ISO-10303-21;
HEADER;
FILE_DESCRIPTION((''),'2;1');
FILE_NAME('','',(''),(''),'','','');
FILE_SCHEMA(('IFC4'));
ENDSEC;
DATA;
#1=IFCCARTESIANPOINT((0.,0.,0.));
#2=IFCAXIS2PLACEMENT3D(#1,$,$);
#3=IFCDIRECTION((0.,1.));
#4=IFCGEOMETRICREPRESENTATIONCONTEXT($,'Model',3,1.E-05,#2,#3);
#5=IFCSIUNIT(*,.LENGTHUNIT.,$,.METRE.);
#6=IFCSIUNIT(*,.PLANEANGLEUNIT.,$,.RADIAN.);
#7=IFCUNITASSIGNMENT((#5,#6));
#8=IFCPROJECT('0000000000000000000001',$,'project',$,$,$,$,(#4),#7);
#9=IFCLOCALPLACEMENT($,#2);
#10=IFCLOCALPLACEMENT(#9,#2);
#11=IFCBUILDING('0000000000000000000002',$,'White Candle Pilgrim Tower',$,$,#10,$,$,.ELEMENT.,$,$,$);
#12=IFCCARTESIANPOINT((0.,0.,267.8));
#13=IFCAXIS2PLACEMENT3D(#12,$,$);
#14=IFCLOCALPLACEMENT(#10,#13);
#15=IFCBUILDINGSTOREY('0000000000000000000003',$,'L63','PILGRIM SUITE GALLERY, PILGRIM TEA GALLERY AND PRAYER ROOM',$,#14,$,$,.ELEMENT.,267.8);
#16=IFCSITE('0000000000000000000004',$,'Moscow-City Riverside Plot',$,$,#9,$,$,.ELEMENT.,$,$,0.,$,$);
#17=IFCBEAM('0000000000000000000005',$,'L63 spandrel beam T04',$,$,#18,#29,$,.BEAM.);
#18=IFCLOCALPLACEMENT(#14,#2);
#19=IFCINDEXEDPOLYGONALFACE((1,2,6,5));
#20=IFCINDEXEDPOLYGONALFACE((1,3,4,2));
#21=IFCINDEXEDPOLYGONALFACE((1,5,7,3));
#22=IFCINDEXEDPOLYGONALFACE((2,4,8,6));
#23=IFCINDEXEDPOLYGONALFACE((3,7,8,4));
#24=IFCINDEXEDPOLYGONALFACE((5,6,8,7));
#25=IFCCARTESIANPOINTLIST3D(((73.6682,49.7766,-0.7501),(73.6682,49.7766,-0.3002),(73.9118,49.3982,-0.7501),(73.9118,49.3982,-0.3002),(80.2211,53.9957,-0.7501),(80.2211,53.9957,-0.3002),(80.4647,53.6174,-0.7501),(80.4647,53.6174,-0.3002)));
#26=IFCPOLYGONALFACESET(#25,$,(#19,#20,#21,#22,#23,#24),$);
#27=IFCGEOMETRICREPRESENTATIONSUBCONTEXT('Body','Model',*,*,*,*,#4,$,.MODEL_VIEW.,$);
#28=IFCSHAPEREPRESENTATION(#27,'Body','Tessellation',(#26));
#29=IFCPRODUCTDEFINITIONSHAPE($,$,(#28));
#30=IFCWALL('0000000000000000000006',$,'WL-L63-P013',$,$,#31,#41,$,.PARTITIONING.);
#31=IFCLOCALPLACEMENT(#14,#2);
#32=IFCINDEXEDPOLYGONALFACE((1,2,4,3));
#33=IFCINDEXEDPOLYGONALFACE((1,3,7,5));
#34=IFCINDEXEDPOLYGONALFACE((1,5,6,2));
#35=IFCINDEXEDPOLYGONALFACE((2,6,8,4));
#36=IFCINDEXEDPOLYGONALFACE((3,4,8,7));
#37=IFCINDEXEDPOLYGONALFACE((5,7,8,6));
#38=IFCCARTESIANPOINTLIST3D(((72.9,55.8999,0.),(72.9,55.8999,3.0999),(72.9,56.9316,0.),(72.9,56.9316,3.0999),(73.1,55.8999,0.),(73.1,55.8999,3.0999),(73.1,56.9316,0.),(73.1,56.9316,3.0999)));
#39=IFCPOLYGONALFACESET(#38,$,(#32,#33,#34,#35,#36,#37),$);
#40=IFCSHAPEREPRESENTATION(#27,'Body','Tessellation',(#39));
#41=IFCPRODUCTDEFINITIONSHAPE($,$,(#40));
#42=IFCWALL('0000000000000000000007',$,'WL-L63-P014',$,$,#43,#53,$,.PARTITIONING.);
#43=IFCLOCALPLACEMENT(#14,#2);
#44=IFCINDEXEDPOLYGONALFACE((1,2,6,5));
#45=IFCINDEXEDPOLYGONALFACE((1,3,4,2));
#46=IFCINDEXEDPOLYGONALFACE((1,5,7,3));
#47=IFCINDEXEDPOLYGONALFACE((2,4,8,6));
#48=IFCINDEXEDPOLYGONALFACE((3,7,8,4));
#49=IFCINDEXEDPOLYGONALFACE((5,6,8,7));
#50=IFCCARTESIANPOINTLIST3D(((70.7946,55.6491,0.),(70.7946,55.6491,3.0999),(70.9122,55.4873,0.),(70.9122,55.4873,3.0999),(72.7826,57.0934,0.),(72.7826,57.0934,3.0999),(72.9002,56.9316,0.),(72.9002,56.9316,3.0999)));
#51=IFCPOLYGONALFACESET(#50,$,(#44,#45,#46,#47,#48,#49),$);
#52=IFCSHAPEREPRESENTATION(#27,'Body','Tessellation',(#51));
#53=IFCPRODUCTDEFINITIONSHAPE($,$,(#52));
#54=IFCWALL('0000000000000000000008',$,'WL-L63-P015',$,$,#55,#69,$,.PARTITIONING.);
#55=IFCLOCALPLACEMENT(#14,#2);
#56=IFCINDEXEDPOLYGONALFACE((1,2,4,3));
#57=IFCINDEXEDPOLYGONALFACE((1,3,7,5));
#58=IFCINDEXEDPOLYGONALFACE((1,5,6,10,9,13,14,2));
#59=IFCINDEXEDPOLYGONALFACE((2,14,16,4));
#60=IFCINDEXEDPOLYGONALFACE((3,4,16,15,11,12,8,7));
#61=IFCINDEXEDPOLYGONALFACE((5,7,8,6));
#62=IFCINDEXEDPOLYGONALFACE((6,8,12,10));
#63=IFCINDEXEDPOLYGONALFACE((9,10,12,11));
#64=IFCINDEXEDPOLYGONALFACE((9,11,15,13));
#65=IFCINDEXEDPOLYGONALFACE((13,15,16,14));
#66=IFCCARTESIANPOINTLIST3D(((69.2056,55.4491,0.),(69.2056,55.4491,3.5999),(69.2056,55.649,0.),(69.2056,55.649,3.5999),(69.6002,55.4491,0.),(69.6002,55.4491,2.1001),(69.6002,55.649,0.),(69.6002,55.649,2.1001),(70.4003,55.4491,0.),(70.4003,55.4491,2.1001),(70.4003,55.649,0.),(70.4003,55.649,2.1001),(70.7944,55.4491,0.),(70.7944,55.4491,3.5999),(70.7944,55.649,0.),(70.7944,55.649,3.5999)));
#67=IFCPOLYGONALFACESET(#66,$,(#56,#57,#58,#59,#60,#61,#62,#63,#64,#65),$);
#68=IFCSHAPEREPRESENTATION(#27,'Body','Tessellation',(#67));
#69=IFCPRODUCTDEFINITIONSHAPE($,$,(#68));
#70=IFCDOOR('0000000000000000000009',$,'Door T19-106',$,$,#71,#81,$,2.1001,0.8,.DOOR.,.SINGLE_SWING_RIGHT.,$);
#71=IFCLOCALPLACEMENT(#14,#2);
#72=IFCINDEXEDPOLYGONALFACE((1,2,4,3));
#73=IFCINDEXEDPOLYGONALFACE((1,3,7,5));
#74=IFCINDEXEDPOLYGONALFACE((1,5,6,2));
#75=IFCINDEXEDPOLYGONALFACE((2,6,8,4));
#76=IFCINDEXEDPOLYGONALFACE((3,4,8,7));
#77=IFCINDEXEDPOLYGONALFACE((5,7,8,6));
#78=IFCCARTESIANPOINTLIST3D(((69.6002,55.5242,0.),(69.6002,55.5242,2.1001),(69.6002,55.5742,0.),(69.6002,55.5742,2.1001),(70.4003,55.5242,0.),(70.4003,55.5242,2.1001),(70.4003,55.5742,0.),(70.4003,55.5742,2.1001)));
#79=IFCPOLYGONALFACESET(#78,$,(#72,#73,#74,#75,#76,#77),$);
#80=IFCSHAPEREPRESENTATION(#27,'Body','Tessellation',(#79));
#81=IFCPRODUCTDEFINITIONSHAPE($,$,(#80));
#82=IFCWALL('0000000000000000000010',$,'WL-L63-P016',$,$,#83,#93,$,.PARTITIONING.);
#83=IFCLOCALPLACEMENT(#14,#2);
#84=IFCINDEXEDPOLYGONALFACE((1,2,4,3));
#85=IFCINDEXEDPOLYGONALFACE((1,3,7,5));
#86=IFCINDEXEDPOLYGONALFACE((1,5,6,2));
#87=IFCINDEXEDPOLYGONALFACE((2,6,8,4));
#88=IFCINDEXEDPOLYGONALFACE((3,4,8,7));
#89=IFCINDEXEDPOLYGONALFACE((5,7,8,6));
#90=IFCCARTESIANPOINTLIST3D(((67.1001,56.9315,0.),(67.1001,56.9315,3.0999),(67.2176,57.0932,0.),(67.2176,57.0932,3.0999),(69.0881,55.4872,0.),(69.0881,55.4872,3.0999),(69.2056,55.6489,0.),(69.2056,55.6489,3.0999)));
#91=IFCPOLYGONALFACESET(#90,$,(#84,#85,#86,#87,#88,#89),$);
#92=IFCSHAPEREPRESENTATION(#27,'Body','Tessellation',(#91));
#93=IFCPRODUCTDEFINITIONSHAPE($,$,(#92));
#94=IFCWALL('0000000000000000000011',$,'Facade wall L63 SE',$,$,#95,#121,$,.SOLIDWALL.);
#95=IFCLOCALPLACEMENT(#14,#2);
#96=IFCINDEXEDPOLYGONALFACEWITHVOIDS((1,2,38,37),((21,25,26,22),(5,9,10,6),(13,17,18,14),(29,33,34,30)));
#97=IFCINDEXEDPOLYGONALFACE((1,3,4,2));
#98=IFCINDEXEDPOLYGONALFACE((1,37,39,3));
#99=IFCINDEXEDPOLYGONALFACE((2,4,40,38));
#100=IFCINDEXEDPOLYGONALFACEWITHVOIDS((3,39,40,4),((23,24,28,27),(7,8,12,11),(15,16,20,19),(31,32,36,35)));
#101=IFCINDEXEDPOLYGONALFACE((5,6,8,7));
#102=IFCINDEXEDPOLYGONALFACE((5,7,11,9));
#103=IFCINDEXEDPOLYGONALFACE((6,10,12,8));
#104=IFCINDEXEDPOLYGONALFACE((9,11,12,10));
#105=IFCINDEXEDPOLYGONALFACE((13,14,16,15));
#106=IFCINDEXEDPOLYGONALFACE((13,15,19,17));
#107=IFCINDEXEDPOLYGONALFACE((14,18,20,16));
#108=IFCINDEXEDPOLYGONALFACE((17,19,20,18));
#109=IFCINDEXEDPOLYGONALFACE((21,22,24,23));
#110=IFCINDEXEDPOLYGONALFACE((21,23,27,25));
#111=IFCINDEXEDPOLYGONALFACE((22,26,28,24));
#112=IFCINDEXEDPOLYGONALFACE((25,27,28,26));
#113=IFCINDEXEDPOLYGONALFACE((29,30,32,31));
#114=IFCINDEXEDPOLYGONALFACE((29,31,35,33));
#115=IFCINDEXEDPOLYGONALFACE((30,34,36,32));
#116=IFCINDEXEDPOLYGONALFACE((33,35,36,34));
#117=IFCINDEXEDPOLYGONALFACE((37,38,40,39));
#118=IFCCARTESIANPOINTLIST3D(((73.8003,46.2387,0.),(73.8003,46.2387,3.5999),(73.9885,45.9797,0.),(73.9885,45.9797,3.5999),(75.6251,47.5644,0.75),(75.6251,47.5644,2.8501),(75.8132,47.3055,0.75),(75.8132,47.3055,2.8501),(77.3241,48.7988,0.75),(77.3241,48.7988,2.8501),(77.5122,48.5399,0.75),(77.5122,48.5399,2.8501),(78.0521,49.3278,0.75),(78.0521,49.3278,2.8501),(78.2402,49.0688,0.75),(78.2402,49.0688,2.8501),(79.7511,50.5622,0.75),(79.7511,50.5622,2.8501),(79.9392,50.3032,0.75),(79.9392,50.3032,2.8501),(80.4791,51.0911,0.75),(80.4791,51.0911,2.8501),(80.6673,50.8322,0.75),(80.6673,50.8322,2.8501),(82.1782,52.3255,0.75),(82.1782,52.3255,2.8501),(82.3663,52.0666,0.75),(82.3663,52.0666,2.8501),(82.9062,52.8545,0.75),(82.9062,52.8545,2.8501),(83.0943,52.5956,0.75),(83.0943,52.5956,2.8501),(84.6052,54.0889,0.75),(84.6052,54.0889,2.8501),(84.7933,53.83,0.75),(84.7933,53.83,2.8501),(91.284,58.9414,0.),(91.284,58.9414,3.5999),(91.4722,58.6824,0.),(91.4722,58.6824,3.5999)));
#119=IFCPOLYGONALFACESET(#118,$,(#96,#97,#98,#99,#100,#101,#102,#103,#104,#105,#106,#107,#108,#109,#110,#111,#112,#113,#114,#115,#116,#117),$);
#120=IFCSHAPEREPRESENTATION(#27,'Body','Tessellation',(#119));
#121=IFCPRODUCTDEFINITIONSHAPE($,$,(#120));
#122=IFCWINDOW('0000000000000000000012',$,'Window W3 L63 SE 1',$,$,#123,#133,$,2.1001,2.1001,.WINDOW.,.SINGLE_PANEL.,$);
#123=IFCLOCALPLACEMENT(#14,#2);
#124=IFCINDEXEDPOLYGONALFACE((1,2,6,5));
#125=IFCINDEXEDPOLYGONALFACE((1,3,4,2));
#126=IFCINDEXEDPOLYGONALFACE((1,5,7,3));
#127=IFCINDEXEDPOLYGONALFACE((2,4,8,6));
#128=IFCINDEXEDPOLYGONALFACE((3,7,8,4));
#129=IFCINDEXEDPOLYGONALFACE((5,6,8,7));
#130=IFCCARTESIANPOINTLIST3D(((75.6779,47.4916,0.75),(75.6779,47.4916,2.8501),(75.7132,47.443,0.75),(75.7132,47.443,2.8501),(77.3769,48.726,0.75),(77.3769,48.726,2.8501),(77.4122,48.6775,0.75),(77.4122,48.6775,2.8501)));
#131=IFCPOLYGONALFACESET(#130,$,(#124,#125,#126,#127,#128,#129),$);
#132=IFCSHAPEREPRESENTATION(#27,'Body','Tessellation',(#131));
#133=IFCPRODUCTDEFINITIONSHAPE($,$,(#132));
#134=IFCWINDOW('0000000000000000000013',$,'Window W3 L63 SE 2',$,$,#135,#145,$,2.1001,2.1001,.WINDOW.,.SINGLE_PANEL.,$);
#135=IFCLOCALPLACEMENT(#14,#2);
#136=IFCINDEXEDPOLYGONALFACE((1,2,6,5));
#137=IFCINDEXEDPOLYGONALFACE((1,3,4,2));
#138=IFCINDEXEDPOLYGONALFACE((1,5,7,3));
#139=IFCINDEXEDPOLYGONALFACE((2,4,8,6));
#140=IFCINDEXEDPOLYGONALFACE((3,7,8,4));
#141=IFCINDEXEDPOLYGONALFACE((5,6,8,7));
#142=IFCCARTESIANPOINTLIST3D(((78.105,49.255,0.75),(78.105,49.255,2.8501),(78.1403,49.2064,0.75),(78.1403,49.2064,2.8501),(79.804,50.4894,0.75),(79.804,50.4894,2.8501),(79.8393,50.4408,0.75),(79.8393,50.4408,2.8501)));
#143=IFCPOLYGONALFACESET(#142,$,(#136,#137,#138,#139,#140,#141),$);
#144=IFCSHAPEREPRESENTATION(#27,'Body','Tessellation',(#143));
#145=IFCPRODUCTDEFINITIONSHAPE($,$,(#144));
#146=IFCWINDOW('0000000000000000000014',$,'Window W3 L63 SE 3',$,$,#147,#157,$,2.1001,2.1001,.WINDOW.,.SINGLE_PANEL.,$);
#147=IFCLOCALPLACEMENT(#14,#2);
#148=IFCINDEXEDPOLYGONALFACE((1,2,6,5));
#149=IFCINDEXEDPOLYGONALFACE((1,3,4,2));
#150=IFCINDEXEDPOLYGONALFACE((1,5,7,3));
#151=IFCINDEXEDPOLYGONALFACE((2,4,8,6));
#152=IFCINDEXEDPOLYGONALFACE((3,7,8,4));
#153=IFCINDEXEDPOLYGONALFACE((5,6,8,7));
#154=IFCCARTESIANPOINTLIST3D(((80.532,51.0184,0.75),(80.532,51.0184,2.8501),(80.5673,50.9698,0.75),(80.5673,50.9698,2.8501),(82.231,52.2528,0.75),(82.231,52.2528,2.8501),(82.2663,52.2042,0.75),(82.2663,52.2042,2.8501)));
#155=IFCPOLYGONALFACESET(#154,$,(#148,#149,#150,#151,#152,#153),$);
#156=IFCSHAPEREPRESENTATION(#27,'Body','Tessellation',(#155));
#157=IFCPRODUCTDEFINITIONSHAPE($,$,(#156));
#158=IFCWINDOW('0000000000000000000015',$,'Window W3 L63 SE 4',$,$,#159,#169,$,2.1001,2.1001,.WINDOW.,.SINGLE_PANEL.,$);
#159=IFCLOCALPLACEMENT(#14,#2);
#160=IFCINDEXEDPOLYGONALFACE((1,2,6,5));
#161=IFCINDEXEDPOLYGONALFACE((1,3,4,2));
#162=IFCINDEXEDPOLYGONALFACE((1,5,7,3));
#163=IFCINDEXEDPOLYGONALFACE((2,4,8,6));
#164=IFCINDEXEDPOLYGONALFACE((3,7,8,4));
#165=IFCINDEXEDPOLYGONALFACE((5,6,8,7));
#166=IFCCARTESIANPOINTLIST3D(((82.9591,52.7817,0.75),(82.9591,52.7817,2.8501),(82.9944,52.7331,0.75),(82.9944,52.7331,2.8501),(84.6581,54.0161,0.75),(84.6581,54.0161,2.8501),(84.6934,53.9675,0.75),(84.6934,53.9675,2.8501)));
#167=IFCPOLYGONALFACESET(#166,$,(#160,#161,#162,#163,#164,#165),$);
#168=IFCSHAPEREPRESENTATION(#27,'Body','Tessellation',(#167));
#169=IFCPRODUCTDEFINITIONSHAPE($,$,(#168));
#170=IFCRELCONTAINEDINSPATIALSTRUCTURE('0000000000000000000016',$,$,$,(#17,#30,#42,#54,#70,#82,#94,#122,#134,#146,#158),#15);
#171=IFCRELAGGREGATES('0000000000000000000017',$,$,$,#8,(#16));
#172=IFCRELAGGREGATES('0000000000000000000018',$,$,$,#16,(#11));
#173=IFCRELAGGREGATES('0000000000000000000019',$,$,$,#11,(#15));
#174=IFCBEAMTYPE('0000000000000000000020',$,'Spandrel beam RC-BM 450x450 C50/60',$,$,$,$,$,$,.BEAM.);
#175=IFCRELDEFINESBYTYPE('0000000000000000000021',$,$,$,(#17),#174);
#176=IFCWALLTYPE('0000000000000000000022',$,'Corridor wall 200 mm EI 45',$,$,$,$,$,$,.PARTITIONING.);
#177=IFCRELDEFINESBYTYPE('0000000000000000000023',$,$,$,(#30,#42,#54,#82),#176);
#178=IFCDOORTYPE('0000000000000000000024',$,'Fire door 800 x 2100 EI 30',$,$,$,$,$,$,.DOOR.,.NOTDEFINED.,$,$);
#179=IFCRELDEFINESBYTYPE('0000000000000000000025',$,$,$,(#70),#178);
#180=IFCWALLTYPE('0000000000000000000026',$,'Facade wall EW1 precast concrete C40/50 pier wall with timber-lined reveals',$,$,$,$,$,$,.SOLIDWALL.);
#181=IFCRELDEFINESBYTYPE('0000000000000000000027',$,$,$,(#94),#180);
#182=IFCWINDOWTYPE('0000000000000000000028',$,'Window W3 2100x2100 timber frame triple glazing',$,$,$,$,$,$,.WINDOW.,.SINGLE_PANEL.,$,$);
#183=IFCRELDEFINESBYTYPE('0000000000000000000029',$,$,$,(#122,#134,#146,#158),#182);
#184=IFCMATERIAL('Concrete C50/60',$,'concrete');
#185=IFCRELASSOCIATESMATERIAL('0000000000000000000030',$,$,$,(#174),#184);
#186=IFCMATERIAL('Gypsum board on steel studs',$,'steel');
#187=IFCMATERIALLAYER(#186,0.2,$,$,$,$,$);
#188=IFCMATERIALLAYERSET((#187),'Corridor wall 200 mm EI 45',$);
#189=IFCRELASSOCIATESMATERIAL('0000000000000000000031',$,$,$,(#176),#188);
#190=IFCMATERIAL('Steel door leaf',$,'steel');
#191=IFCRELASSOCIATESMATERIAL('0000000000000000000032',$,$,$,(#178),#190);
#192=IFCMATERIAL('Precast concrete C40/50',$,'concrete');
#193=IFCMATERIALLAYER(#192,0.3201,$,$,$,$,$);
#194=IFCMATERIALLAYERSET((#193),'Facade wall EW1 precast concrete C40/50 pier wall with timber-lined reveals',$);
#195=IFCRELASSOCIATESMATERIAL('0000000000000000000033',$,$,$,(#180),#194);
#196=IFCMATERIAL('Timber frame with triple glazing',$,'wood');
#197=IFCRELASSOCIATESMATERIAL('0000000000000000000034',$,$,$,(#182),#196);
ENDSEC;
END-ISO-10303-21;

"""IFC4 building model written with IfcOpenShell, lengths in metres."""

from ifc_helpers import new_model, si_unit, direction, frame, frame_2d, origin, origin_2d, place, context, subcontext, project, spatial, rectangle, extrude, material, layer, layer_set, material_profile, profile_set, type_object, element, fill, save


model = new_model("IFC4")

# Units and contexts
model_context = context("Model", 3, precision=1e-05, world=origin(), true_north=direction((0.0, 1.0)))
body_context = subcontext(model_context, "Body", "Model", "MODEL_VIEW")
ifc_project = project(units=[si_unit("LENGTHUNIT", "METRE"), si_unit("PLANEANGLEUNIT", "RADIAN")], contexts=[model_context])

# Site, building, storey
site_placement = place(None, origin())
site = spatial("IfcSite", under=ifc_project, at=site_placement, Name="Moscow-City Riverside Plot", CompositionType="ELEMENT", RefElevation=0.0)
building_placement = place(site_placement, origin())
building = spatial("IfcBuilding", under=site, at=building_placement, Name="White Candle Pilgrim Tower", CompositionType="ELEMENT")
storey_placement = place(building_placement, frame((0.0, 0.0, 267.8)))
storey = spatial("IfcBuildingStorey", under=building, at=storey_placement, Name="L63", Description="PILGRIM SUITE GALLERY, PILGRIM TEA GALLERY AND PRAYER ROOM", CompositionType="ELEMENT", Elevation=267.8)

# Beam
ifc_material_1 = material(Name="Concrete C50/60", Category="concrete")
ifc_material_profile_1 = material_profile(ifc_material_1, rectangle(XDim=0.45, YDim=0.45, at=origin_2d()), Name="RC-BM 450x450")
ifc_profile_set_1 = profile_set([ifc_material_profile_1], Name="Concrete C50/60")
beam_type_1 = type_object("IfcBeamType", Name="Spandrel beam RC-BM 450x450 C50/60", PredefinedType="BEAM", material=ifc_profile_set_1)
beam_1_placement = place(storey_placement, frame((73.79, 49.5874, -0.5251), z_axis=(0.840793, 0.541357, 0.0), x_axis=(-0.541357, 0.840793, 0.0)))
element("IfcBeam", 1, at=beam_1_placement, inside=storey, type_object=beam_type_1, Name="L63 spandrel beam T04", PredefinedType="BEAM", context=body_context, shape_type="SweptSolid", body=[
    extrude(rectangle(XDim=0.45, YDim=0.45, at=origin_2d()), origin(), (0.0, 0.0, 1.0), 7.7937),
])

# Walls
ifc_material_2 = material(Name="Gypsum board on steel studs", Category="steel")
ifc_layer_1 = layer(ifc_material_2, 0.2)
ifc_layer_set_1 = layer_set([ifc_layer_1], Name="Corridor wall 200 mm EI 45")
wall_type_1 = type_object("IfcWallType", Name="Corridor wall 200 mm EI 45", PredefinedType="PARTITIONING", material=ifc_layer_set_1)
wall_1_placement = place(storey_placement, frame((73.0, 55.8999, 0.0), z_axis=(0.0, 0.0, 1.0), x_axis=(0.0, 1.0, 0.0)))
element("IfcWall", 2, at=wall_1_placement, inside=storey, type_object=wall_type_1, Name="WL-L63-P013", PredefinedType="PARTITIONING", context=body_context, shape_type="SweptSolid", body=[
    extrude(rectangle(XDim=1.0317, YDim=0.2, at=frame_2d((0.5159, 0.0))), origin(), (0.0, 0.0, 1.0), 3.0999),
])
wall_2_placement = place(storey_placement, frame((72.8413, 57.0125, 0.0), z_axis=(0.0, 0.0, 1.0), x_axis=(-0.809028, -0.58777, 0.0)))
element("IfcWall", 3, at=wall_2_placement, inside=storey, type_object=wall_type_1, Name="WL-L63-P014", PredefinedType="PARTITIONING", context=body_context, shape_type="SweptSolid", body=[
    extrude(rectangle(XDim=2.4573, YDim=0.2, at=frame_2d((1.2285, 0.0))), origin(), (0.0, 0.0, 1.0), 3.0999),
])

# Wall, opening, door
wall_3_placement = place(storey_placement, frame((70.7944, 55.5491, 0.0), z_axis=(0.0, 0.0, 1.0), x_axis=(-1.0, 0.0, 0.0)))
wall_3 = element("IfcWall", 4, at=wall_3_placement, inside=storey, type_object=wall_type_1, Name="WL-L63-P015", PredefinedType="PARTITIONING", context=body_context, shape_type="SweptSolid", body=[
    extrude(rectangle(XDim=1.5889, YDim=0.2, at=frame_2d((0.7944, 0.0))), origin(), (0.0, 0.0, 1.0), 3.5999),
])
opening_1_placement = place(wall_3_placement, frame((0.3943, 0.0, 0.0)))
opening_1 = element("IfcOpeningElement", 5, at=opening_1_placement, cuts=wall_3, PredefinedType="OPENING", context=body_context, shape_type="SweptSolid", body=[
    extrude(rectangle(XDim=0.8, YDim=2.1001, at=frame_2d((0.3999, 1.05))), frame((0.0, 0.1099, 0.0), z_axis=(0.0, -1.0, 0.0), x_axis=(1.0, 0.0, 0.0)), (0.0, 0.0, 1.0), 0.22),
])
ifc_material_3 = material(Name="Steel door leaf", Category="steel")
door_type_1 = type_object("IfcDoorType", Name="Fire door 800 x 2100 EI 30", OperationType="NOTDEFINED", PredefinedType="DOOR", material=ifc_material_3)
door_1_placement = place(opening_1_placement, origin())
door_1 = element("IfcDoor", 6, at=door_1_placement, inside=storey, type_object=door_type_1, Name="Door T19-106", OperationType="SINGLE_SWING_RIGHT", OverallHeight=2.1001, OverallWidth=0.8, PredefinedType="DOOR", context=body_context, shape_type="SweptSolid", body=[
    extrude(rectangle(XDim=0.8, YDim=2.1001, at=frame_2d((0.3999, 1.05))), frame((0.0, 0.0249, 0.0), z_axis=(0.0, -1.0, 0.0), x_axis=(1.0, 0.0, 0.0)), (0.0, 0.0, 1.0), 0.05),
])
fill(opening_1, door_1)

# Wall
wall_4_placement = place(storey_placement, frame((69.1467, 55.5681, 0.0), z_axis=(0.0, 0.0, 1.0), x_axis=(-0.809028, 0.58777, 0.0)))
element("IfcWall", 7, at=wall_4_placement, inside=storey, type_object=wall_type_1, Name="WL-L63-P016", PredefinedType="PARTITIONING", context=body_context, shape_type="SweptSolid", body=[
    extrude(rectangle(XDim=2.4573, YDim=0.2, at=frame_2d((1.2285, 0.0))), origin(), (0.0, 0.0, 1.0), 3.0999),
])

# Wall, openings, windows
ifc_material_4 = material(Name="Precast concrete C40/50", Category="concrete")
ifc_layer_2 = layer(ifc_material_4, 0.3201)
ifc_layer_set_2 = layer_set([ifc_layer_2], Name="Facade wall EW1 precast concrete C40/50 pier wall with timber-lined reveals")
wall_type_2 = type_object("IfcWallType", Name="Facade wall EW1 precast concrete C40/50 pier wall with timber-lined reveals", PredefinedType="SOLIDWALL", material=ifc_layer_set_2)
wall_5_placement = place(storey_placement, frame((73.8943, 46.1091, 0.0), z_axis=(0.0, 0.0, 1.0), x_axis=(0.809016, 0.587786, 0.0)))
wall_5 = element("IfcWall", 8, at=wall_5_placement, inside=storey, type_object=wall_type_2, Name="Facade wall L63 SE", PredefinedType="SOLIDWALL", context=body_context, shape_type="SweptSolid", body=[
    extrude(rectangle(XDim=21.6111, YDim=0.3201, at=frame_2d((10.8057, 0.0))), origin(), (0.0, 0.0, 1.0), 3.5999),
])
opening_2_placement = place(wall_5_placement, frame((2.2556, 0.0, 0.75)))
opening_2 = element("IfcOpeningElement", 9, at=opening_2_placement, cuts=wall_5, PredefinedType="OPENING", context=body_context, shape_type="SweptSolid", body=[
    extrude(rectangle(XDim=2.1001, YDim=2.1001, at=frame_2d((1.05, 1.05))), frame((0.0, 0.1699, 0.0), z_axis=(0.0, -1.0, 0.0), x_axis=(1.0, 0.0, 0.0)), (0.0, 0.0, 1.0), 0.3401),
])
opening_3_placement = place(wall_5_placement, frame((5.2556, 0.0, 0.75)))
opening_3 = element("IfcOpeningElement", 10, at=opening_3_placement, cuts=wall_5, PredefinedType="OPENING", context=body_context, shape_type="SweptSolid", body=[
    extrude(rectangle(XDim=2.1001, YDim=2.1001, at=frame_2d((1.05, 1.05))), frame((0.0, 0.1699, 0.0), z_axis=(0.0, -1.0, 0.0), x_axis=(1.0, 0.0, 0.0)), (0.0, 0.0, 1.0), 0.3401),
])
opening_4_placement = place(wall_5_placement, frame((8.2556, 0.0, 0.75)))
opening_4 = element("IfcOpeningElement", 11, at=opening_4_placement, cuts=wall_5, PredefinedType="OPENING", context=body_context, shape_type="SweptSolid", body=[
    extrude(rectangle(XDim=2.1001, YDim=2.1001, at=frame_2d((1.05, 1.05))), frame((0.0, 0.1699, 0.0), z_axis=(0.0, -1.0, 0.0), x_axis=(1.0, 0.0, 0.0)), (0.0, 0.0, 1.0), 0.3401),
])
opening_5_placement = place(wall_5_placement, frame((11.2556, 0.0, 0.75)))
opening_5 = element("IfcOpeningElement", 12, at=opening_5_placement, cuts=wall_5, PredefinedType="OPENING", context=body_context, shape_type="SweptSolid", body=[
    extrude(rectangle(XDim=2.1001, YDim=2.1001, at=frame_2d((1.05, 1.05))), frame((0.0, 0.1699, 0.0), z_axis=(0.0, -1.0, 0.0), x_axis=(1.0, 0.0, 0.0)), (0.0, 0.0, 1.0), 0.3401),
])
ifc_material_5 = material(Name="Timber frame with triple glazing", Category="wood")
window_type = type_object("IfcWindowType", Name="Window W3 2100x2100 timber frame triple glazing", PartitioningType="SINGLE_PANEL", PredefinedType="WINDOW", material=ifc_material_5)
window_1_placement = place(opening_2_placement, origin())
window_1 = element("IfcWindow", 13, at=window_1_placement, inside=storey, type_object=window_type, Name="Window W3 L63 SE 1", OverallHeight=2.1001, OverallWidth=2.1001, PartitioningType="SINGLE_PANEL", PredefinedType="WINDOW", context=body_context, shape_type="SweptSolid", body=[
    extrude(rectangle(XDim=2.1001, YDim=2.1001, at=frame_2d((1.05, 1.05))), frame((0.0, 0.0701, 0.0), z_axis=(0.0, -1.0, 0.0), x_axis=(1.0, 0.0, 0.0)), (0.0, 0.0, 1.0), 0.0601),
])
fill(opening_2, window_1)
window_2_placement = place(opening_3_placement, origin())
window_2 = element("IfcWindow", 14, at=window_2_placement, inside=storey, type_object=window_type, Name="Window W3 L63 SE 2", OverallHeight=2.1001, OverallWidth=2.1001, PartitioningType="SINGLE_PANEL", PredefinedType="WINDOW", context=body_context, shape_type="SweptSolid", body=[
    extrude(rectangle(XDim=2.1001, YDim=2.1001, at=frame_2d((1.05, 1.05))), frame((0.0, 0.0701, 0.0), z_axis=(0.0, -1.0, 0.0), x_axis=(1.0, 0.0, 0.0)), (0.0, 0.0, 1.0), 0.0601),
])
fill(opening_3, window_2)
window_3_placement = place(opening_4_placement, origin())
window_3 = element("IfcWindow", 15, at=window_3_placement, inside=storey, type_object=window_type, Name="Window W3 L63 SE 3", OverallHeight=2.1001, OverallWidth=2.1001, PartitioningType="SINGLE_PANEL", PredefinedType="WINDOW", context=body_context, shape_type="SweptSolid", body=[
    extrude(rectangle(XDim=2.1001, YDim=2.1001, at=frame_2d((1.05, 1.05))), frame((0.0, 0.0701, 0.0), z_axis=(0.0, -1.0, 0.0), x_axis=(1.0, 0.0, 0.0)), (0.0, 0.0, 1.0), 0.0601),
])
fill(opening_4, window_3)
window_4_placement = place(opening_5_placement, origin())
window_4 = element("IfcWindow", 16, at=window_4_placement, inside=storey, type_object=window_type, Name="Window W3 L63 SE 4", OverallHeight=2.1001, OverallWidth=2.1001, PartitioningType="SINGLE_PANEL", PredefinedType="WINDOW", context=body_context, shape_type="SweptSolid", body=[
    extrude(rectangle(XDim=2.1001, YDim=2.1001, at=frame_2d((1.05, 1.05))), frame((0.0, 0.0701, 0.0), z_axis=(0.0, -1.0, 0.0), x_axis=(1.0, 0.0, 0.0)), (0.0, 0.0, 1.0), 0.0601),
])
fill(opening_5, window_4)

save(model, "model.ifc")
